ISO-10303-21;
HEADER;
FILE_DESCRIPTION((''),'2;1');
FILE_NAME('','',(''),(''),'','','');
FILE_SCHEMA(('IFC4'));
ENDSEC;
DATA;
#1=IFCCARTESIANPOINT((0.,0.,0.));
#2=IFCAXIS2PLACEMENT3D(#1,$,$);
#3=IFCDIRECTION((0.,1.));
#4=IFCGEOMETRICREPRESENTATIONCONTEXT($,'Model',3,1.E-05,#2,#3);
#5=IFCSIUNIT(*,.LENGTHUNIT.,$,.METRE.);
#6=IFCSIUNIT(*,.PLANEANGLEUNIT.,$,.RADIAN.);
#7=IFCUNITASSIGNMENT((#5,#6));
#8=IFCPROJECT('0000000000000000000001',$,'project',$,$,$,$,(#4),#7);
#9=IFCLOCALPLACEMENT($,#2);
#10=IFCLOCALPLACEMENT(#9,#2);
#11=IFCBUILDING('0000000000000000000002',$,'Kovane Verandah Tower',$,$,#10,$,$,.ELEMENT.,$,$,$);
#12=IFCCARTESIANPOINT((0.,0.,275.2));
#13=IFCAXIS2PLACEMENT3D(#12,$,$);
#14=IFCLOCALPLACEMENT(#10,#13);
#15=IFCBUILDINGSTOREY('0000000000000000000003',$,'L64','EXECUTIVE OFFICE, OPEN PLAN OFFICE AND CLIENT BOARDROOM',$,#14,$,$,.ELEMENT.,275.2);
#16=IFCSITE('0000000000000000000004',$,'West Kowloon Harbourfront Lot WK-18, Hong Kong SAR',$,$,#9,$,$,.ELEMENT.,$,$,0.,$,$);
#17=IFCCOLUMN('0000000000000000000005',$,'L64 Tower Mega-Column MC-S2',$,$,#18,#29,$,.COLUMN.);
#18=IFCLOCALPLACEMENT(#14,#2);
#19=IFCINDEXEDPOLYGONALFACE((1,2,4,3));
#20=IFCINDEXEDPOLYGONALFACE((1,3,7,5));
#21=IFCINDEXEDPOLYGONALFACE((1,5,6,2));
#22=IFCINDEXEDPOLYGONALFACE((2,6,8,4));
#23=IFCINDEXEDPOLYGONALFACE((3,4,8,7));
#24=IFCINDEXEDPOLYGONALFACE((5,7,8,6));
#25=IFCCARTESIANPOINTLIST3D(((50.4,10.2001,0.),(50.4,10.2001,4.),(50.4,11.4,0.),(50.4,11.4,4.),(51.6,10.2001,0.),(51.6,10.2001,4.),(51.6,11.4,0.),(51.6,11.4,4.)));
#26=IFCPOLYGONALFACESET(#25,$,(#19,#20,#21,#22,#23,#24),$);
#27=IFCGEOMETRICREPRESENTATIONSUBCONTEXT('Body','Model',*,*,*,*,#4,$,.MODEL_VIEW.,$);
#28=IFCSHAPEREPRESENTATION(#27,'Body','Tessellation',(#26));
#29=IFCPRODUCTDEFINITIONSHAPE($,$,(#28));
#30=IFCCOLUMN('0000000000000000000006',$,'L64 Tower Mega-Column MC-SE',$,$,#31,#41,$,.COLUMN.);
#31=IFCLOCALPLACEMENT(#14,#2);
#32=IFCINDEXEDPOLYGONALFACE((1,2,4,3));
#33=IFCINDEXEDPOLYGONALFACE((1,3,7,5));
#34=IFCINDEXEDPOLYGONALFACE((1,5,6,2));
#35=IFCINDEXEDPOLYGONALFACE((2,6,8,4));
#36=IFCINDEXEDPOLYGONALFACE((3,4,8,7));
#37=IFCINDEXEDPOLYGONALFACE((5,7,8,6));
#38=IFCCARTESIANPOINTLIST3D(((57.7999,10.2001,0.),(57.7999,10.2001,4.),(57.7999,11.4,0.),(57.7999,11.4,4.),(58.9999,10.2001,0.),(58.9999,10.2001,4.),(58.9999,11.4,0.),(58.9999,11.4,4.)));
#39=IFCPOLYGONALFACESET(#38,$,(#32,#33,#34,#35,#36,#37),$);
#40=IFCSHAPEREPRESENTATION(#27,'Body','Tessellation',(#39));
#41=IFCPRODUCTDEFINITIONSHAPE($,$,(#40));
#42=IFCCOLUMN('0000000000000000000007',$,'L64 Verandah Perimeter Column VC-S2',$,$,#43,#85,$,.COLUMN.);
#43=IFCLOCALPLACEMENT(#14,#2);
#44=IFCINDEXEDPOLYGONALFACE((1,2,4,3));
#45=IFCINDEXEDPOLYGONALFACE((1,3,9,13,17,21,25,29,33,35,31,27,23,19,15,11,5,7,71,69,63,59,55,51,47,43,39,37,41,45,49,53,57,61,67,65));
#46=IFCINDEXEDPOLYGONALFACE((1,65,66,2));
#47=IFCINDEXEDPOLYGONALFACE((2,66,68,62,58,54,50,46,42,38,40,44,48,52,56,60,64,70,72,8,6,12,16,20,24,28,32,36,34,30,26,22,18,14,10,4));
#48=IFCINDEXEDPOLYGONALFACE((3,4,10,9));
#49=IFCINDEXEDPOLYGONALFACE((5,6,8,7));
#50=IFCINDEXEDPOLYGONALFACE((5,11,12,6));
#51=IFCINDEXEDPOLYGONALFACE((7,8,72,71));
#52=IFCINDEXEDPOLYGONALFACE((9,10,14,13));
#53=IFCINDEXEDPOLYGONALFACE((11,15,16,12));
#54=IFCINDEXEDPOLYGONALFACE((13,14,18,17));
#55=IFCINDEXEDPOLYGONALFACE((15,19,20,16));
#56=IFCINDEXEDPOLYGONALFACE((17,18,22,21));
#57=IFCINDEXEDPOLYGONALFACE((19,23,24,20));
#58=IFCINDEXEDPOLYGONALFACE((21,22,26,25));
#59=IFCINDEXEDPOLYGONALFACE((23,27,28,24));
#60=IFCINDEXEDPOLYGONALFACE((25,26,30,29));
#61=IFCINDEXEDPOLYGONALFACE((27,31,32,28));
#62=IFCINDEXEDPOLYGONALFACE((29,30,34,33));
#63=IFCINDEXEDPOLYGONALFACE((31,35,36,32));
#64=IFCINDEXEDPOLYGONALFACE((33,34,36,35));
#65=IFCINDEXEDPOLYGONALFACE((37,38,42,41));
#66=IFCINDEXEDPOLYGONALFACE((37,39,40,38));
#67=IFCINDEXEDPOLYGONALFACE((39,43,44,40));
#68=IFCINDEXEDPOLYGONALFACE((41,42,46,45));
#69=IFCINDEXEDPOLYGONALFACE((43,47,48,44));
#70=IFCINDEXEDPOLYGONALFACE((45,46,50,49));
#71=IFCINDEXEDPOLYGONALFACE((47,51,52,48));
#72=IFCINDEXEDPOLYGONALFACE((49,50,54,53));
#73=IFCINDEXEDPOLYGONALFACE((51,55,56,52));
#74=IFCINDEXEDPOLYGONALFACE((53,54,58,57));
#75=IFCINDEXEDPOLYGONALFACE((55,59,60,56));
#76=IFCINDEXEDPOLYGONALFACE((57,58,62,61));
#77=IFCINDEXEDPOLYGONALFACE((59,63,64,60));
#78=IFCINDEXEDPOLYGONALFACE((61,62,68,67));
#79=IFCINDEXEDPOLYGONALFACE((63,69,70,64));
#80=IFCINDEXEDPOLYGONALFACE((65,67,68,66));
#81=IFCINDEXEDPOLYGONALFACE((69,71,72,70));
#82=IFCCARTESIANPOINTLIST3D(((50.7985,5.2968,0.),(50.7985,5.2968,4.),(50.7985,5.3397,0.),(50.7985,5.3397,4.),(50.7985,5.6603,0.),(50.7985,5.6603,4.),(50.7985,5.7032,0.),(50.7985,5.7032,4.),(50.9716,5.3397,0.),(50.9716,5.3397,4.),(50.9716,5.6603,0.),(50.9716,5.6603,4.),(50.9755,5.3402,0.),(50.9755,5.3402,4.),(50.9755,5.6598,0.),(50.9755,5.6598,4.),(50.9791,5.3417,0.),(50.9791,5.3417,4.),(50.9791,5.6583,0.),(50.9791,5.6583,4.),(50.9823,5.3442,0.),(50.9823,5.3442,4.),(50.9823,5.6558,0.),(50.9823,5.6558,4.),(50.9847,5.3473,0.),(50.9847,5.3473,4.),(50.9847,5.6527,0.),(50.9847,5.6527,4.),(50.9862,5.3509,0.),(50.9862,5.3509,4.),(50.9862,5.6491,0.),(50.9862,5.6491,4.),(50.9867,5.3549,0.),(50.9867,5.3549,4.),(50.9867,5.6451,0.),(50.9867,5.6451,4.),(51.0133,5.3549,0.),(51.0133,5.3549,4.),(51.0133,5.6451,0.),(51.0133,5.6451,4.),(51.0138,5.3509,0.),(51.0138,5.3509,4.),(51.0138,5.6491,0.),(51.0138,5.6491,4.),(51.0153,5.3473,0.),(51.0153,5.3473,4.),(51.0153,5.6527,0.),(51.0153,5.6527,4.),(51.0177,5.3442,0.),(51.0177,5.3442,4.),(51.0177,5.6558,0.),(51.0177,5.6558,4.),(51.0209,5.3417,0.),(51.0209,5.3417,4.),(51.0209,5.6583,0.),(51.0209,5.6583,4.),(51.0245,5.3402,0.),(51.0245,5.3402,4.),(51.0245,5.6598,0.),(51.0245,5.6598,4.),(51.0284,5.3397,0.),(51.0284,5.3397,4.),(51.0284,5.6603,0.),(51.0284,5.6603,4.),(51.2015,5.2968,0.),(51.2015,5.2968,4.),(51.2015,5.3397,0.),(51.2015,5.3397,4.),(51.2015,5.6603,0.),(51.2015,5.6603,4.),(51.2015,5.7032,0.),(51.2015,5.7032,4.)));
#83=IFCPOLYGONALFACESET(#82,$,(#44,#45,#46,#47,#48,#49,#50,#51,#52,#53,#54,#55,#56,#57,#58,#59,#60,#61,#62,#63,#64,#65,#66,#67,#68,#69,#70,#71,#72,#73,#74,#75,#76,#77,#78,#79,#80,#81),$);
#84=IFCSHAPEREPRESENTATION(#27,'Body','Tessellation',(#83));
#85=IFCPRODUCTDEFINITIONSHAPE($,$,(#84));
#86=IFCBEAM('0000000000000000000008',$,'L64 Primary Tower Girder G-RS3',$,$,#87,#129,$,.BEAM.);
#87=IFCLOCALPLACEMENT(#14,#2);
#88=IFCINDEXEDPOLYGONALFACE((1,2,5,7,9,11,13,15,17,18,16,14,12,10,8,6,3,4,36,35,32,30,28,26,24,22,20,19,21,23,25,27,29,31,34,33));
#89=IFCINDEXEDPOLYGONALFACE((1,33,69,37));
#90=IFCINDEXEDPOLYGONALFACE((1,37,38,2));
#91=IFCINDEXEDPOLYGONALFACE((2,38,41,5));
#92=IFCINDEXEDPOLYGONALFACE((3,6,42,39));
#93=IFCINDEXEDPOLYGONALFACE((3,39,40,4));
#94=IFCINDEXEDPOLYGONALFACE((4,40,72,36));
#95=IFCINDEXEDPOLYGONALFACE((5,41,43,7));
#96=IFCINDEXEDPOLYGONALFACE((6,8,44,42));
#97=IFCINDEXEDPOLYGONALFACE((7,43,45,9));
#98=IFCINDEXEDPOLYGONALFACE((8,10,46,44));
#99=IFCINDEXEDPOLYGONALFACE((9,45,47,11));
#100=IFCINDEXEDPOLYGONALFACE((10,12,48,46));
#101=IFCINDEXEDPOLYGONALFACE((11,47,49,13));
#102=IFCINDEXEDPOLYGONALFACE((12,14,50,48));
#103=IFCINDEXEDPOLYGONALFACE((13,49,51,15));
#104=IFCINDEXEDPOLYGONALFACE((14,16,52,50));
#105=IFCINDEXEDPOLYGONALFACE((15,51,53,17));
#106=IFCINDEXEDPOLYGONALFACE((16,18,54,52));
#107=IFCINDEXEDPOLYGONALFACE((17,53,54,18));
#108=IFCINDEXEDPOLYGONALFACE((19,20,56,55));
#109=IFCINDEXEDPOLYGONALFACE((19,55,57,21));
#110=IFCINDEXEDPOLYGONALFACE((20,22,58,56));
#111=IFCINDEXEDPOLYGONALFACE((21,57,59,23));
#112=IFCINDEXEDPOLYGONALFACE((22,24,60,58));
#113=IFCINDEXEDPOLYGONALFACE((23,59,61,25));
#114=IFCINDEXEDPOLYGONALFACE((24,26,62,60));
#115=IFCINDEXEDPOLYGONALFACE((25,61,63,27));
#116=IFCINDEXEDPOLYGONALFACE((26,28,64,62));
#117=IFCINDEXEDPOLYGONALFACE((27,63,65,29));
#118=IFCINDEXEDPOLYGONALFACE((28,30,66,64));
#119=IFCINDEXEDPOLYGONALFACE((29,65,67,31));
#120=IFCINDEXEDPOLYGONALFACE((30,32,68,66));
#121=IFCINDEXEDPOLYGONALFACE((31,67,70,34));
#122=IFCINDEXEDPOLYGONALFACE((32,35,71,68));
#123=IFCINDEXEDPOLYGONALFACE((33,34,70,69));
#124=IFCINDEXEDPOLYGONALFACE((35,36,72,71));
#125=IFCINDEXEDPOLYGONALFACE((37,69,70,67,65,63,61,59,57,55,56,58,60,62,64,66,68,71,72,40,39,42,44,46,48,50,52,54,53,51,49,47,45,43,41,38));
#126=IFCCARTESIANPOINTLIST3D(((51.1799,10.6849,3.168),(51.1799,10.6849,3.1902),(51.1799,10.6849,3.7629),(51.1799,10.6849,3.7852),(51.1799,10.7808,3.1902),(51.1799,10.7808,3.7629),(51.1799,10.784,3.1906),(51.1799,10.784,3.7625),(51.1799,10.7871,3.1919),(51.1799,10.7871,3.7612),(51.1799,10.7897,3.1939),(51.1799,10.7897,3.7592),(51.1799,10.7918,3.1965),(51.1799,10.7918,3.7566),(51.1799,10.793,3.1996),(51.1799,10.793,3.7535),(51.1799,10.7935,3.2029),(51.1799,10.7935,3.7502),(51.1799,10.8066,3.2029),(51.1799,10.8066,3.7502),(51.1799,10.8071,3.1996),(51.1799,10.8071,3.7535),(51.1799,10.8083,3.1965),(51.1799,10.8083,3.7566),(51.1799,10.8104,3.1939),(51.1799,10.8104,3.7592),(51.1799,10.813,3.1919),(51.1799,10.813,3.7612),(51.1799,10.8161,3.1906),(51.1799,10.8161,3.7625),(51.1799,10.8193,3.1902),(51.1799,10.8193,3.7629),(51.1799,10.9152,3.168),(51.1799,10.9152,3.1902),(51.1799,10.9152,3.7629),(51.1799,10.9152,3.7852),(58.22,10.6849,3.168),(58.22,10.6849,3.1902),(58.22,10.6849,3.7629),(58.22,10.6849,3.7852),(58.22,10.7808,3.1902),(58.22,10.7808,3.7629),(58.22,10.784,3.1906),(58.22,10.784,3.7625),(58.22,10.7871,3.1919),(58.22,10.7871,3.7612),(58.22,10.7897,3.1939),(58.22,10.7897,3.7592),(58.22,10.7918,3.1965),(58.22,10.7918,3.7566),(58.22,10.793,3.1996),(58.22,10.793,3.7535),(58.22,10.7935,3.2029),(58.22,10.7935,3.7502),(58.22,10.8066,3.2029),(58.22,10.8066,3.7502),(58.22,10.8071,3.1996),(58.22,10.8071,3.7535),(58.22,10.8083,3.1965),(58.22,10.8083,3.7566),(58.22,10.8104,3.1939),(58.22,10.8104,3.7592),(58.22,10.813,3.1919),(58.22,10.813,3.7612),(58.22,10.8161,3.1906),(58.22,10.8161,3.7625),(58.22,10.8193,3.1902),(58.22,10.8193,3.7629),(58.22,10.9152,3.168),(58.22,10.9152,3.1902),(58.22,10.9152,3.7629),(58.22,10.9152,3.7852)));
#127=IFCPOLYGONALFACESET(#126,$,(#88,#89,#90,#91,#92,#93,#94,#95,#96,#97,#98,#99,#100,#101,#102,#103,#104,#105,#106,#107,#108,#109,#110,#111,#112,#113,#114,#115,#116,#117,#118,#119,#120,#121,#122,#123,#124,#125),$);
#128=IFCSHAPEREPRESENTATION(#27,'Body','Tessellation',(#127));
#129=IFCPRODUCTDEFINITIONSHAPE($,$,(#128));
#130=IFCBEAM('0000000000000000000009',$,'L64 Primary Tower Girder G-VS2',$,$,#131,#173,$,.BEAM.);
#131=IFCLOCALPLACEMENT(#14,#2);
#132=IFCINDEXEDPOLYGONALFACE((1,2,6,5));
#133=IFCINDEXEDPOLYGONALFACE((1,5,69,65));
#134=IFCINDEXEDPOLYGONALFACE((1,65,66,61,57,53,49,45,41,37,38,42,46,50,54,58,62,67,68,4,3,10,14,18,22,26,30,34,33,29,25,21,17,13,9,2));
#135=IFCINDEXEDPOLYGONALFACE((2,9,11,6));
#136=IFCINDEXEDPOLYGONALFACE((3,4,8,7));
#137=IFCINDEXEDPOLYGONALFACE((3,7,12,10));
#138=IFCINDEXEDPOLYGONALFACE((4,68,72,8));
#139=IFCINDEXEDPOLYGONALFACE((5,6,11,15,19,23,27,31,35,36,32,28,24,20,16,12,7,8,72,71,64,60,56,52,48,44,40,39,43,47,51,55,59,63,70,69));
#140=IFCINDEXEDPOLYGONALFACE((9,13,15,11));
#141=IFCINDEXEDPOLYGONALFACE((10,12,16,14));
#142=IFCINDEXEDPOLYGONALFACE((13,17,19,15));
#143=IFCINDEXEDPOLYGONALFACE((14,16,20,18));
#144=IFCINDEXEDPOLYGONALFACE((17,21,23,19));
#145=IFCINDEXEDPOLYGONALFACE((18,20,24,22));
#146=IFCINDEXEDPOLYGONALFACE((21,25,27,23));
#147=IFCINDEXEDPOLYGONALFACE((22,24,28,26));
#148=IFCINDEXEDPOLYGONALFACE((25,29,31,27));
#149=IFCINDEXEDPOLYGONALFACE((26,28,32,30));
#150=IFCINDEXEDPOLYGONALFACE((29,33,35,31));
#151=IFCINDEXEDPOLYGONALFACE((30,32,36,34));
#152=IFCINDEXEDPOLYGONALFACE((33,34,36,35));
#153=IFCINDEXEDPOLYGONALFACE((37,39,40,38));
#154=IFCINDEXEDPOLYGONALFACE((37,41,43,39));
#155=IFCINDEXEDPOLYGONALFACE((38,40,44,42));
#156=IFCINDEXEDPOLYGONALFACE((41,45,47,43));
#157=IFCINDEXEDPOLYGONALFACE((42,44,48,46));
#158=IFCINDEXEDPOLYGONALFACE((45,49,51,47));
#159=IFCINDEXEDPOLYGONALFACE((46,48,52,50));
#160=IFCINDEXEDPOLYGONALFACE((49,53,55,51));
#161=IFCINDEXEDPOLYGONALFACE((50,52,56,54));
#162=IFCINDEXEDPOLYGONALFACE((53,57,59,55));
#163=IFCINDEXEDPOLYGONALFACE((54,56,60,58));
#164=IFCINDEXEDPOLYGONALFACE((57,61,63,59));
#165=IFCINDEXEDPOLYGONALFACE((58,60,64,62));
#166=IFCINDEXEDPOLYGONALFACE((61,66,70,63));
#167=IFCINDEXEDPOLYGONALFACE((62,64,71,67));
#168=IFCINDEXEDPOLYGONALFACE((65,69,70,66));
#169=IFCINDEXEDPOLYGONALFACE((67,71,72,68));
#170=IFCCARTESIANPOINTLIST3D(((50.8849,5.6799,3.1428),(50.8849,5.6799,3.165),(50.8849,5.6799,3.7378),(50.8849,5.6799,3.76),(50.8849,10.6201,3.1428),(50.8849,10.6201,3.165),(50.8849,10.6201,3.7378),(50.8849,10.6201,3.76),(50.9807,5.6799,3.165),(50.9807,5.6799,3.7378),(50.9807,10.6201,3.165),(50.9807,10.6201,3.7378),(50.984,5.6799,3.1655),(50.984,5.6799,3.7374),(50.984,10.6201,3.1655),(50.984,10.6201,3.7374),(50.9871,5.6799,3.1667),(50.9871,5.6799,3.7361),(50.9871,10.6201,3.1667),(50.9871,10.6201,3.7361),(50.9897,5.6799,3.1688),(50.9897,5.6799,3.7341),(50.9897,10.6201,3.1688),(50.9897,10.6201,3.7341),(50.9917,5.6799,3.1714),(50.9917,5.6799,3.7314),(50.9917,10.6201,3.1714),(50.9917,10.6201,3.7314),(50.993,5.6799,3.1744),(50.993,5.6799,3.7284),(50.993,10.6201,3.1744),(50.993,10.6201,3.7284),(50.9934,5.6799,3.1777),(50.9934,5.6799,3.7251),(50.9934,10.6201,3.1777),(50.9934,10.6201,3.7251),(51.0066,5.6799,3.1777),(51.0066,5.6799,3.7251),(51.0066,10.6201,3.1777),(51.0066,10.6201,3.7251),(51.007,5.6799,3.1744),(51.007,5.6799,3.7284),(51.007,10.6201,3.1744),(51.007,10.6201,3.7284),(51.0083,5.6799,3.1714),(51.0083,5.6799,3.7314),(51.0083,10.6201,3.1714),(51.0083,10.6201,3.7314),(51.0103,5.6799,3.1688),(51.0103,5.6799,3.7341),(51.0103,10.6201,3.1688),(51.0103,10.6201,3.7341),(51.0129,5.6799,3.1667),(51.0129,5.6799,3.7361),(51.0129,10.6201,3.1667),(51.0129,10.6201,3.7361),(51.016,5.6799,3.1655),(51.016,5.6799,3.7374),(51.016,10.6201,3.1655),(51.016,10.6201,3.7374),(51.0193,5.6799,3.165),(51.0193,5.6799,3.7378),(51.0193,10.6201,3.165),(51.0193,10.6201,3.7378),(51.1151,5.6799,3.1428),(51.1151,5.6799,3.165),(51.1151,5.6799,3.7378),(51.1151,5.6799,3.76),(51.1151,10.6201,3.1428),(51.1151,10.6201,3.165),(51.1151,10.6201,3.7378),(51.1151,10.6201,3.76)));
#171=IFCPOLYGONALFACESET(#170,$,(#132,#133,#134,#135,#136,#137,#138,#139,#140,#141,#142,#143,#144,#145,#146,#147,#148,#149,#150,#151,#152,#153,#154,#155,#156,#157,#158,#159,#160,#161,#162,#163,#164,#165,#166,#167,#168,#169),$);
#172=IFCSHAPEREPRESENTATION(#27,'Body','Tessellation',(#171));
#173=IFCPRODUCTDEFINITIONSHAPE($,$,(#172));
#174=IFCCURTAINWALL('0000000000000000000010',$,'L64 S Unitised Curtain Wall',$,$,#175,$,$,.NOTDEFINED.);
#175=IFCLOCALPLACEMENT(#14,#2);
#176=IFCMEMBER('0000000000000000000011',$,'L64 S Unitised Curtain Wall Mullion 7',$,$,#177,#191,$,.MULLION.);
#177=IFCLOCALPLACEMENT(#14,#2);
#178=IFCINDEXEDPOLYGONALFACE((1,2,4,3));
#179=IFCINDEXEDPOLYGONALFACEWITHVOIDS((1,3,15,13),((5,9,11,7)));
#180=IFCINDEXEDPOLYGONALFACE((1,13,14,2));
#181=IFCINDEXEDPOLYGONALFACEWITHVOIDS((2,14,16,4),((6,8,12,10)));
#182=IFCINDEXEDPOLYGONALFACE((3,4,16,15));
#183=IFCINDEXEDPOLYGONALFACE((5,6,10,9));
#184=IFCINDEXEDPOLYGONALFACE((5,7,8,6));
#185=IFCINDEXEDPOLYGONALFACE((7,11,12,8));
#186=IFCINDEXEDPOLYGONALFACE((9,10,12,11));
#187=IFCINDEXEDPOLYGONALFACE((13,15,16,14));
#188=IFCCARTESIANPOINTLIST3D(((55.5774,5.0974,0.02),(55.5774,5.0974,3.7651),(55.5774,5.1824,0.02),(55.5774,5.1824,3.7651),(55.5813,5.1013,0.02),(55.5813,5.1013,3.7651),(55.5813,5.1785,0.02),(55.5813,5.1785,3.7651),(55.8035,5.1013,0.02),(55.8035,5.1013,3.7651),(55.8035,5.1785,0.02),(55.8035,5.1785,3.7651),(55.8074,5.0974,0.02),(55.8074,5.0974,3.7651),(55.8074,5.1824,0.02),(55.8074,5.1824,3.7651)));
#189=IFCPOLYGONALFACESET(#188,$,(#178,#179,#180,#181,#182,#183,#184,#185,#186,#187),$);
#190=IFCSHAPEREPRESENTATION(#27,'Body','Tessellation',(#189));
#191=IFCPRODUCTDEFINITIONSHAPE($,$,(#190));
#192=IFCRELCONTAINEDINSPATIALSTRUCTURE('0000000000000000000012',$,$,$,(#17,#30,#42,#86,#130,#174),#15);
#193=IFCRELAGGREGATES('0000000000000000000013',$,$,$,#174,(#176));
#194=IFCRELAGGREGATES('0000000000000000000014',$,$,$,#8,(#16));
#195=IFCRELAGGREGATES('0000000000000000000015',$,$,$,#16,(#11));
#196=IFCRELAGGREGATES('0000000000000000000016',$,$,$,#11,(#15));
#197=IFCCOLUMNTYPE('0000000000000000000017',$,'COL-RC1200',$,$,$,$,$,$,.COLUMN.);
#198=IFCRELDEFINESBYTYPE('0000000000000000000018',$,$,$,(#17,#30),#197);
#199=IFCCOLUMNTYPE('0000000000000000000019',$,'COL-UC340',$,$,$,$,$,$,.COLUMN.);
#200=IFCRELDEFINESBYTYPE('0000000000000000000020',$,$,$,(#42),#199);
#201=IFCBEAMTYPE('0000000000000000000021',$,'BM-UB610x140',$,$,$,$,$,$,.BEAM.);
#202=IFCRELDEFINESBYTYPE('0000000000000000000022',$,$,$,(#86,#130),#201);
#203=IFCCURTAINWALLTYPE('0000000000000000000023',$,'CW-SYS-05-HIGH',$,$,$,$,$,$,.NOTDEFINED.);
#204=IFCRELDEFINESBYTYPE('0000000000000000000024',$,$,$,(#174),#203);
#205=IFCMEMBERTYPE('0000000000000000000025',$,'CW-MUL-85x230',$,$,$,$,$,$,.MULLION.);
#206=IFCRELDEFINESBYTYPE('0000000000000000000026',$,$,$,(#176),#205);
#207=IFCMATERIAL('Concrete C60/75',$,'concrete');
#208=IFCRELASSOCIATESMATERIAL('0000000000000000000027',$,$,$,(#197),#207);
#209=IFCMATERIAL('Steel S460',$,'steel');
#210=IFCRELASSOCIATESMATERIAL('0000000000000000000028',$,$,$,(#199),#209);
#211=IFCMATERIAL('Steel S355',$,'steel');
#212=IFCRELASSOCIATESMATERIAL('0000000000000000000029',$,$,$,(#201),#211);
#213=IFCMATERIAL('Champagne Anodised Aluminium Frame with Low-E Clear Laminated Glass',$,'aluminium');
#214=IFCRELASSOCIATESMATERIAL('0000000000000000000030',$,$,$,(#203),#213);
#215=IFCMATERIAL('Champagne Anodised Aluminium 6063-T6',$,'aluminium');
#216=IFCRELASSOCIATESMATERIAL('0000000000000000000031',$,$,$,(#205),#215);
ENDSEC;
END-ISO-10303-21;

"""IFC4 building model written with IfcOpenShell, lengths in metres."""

from ifc_helpers import new_model, si_unit, direction, frame, origin, origin_2d, place, context, subcontext, project, spatial, rectangle, hollow_rectangle, i_section, extrude, material, material_profile, profile_set, type_object, element, aggregate, save


model = new_model("IFC4")

# Units and contexts
model_context = context("Model", 3, precision=1e-05, world=origin(), true_north=direction((0.0, 1.0)))
body_context = subcontext(model_context, "Body", "Model", "MODEL_VIEW")
ifc_project = project(units=[si_unit("LENGTHUNIT", "METRE"), si_unit("PLANEANGLEUNIT", "RADIAN")], contexts=[model_context])

# Site, building, storey
site_placement = place(None, origin())
site = spatial("IfcSite", under=ifc_project, at=site_placement, Name="West Kowloon Harbourfront Lot WK-18, Hong Kong SAR", CompositionType="ELEMENT", RefElevation=0.0)
building_placement = place(site_placement, origin())
building = spatial("IfcBuilding", under=site, at=building_placement, Name="Kovane Verandah Tower", CompositionType="ELEMENT")
storey_placement = place(building_placement, frame((0.0, 0.0, 275.2)))
storey = spatial("IfcBuildingStorey", under=building, at=storey_placement, Name="L64", Description="EXECUTIVE OFFICE, OPEN PLAN OFFICE AND CLIENT BOARDROOM", CompositionType="ELEMENT", Elevation=275.2)

# Columns
ifc_material_1 = material(Name="Concrete C60/75", Category="concrete")
ifc_material_profile_1 = material_profile(ifc_material_1, rectangle(XDim=1.2, YDim=1.2, at=origin_2d()), Name="RC1200x1200")
ifc_profile_set_1 = profile_set([ifc_material_profile_1], Name="Concrete C60/75")
column_type_1 = type_object("IfcColumnType", Name="COL-RC1200", PredefinedType="COLUMN", material=ifc_profile_set_1)
for number, where, z_axis, x_axis, name in (
    (1, (51.0, 10.8, 0.0), (0.0, 0.0, 1.0), (1.0, 0.0, 0.0), "L64 Tower Mega-Column MC-S2"),
    (2, (58.3999, 10.8, 0.0), (0.0, 0.0, 1.0), (1.0, 0.0, 0.0), "L64 Tower Mega-Column MC-SE"),
):
    element("IfcColumn", number, at=place(storey_placement, frame(where, z_axis=z_axis, x_axis=x_axis)), inside=storey, type_object=column_type_1, Name=name, PredefinedType="COLUMN", context=body_context, shape_type="SweptSolid", body=[
        extrude(rectangle(XDim=1.2, YDim=1.2, at=origin_2d()), origin(), (0.0, 0.0, 1.0), 4.0),
    ])
ifc_material_2 = material(Name="Steel S460", Category="steel")
ifc_material_profile_2 = material_profile(ifc_material_2, i_section(OverallWidth=0.4031, OverallDepth=0.4065, WebThickness=0.0266, FlangeThickness=0.043, FilletRadius=0.0151, at=origin_2d()), Name="UC356x406x340")
ifc_profile_set_2 = profile_set([ifc_material_profile_2], Name="Steel S460")
column_type_2 = type_object("IfcColumnType", Name="COL-UC340", PredefinedType="COLUMN", material=ifc_profile_set_2)
column_placement = place(storey_placement, frame((51.0, 5.5, 0.0), z_axis=(0.0, 0.0, 1.0), x_axis=(1.0, 0.0, 0.0)))
element("IfcColumn", 3, at=column_placement, inside=storey, type_object=column_type_2, Name="L64 Verandah Perimeter Column VC-S2", PredefinedType="COLUMN", context=body_context, shape_type="SweptSolid", body=[
    extrude(i_section(OverallWidth=0.4031, OverallDepth=0.4065, WebThickness=0.0266, FlangeThickness=0.043, FilletRadius=0.0151, at=origin_2d()), origin(), (0.0, 0.0, 1.0), 4.0),
])

# Beams
ifc_material_3 = material(Name="Steel S355", Category="steel")
ifc_material_profile_3 = material_profile(ifc_material_3, i_section(OverallWidth=0.2302, OverallDepth=0.6172, WebThickness=0.0132, FlangeThickness=0.0222, FilletRadius=0.0127, at=origin_2d()), Name="UB610x229x140")
ifc_profile_set_3 = profile_set([ifc_material_profile_3], Name="Steel S355")
beam_type_1 = type_object("IfcBeamType", Name="BM-UB610x140", PredefinedType="BEAM", material=ifc_profile_set_3)
beam_1_placement = place(storey_placement, frame((51.1799, 10.8, 3.4766), z_axis=(1.0, 0.0, 0.0), x_axis=(0.0, 1.0, 0.0)))
element("IfcBeam", 4, at=beam_1_placement, inside=storey, type_object=beam_type_1, Name="L64 Primary Tower Girder G-RS3", PredefinedType="BEAM", context=body_context, shape_type="SweptSolid", body=[
    extrude(i_section(OverallWidth=0.2302, OverallDepth=0.6172, WebThickness=0.0132, FlangeThickness=0.0222, FilletRadius=0.0127, at=origin_2d()), origin(), (0.0, 0.0, 1.0), 7.04),
])
beam_2_placement = place(storey_placement, frame((51.0, 10.6201, 3.4514), z_axis=(0.0, -1.0, 0.0), x_axis=(1.0, 0.0, 0.0)))
element("IfcBeam", 5, at=beam_2_placement, inside=storey, type_object=beam_type_1, Name="L64 Primary Tower Girder G-VS2", PredefinedType="BEAM", context=body_context, shape_type="SweptSolid", body=[
    extrude(i_section(OverallWidth=0.2302, OverallDepth=0.6172, WebThickness=0.0132, FlangeThickness=0.0222, FilletRadius=0.0127, at=origin_2d()), origin(), (0.0, 0.0, 1.0), 4.9402),
])

# Curtain wall, member
ifc_material_4 = material(Name="Champagne Anodised Aluminium Frame with Low-E Clear Laminated Glass", Category="aluminium")
curtain_wall_type = type_object("IfcCurtainWallType", Name="CW-SYS-05-HIGH", PredefinedType="NOTDEFINED", material=ifc_material_4)
curtain_wall_placement = place(storey_placement, origin())
curtain_wall = element("IfcCurtainWall", 6, at=curtain_wall_placement, inside=storey, type_object=curtain_wall_type, Name="L64 S Unitised Curtain Wall", PredefinedType="NOTDEFINED")
ifc_material_5 = material(Name="Champagne Anodised Aluminium 6063-T6", Category="aluminium")
ifc_material_profile_4 = material_profile(ifc_material_5, hollow_rectangle(XDim=0.085, YDim=0.23, WallThickness=0.0039, at=origin_2d()), Name="AL85x230x4")
ifc_profile_set_4 = profile_set([ifc_material_profile_4], Name="Champagne Anodised Aluminium 6063-T6")
member_type_1 = type_object("IfcMemberType", Name="CW-MUL-85x230", PredefinedType="MULLION", material=ifc_profile_set_4)
member_1_placement = place(storey_placement, frame((55.6924, 5.1399, 0.02), z_axis=(0.0, 0.0, 1.0), x_axis=(0.0, -1.0, 0.0)))
member_1 = element("IfcMember", 7, at=member_1_placement, type_object=member_type_1, Name="L64 S Unitised Curtain Wall Mullion 7", PredefinedType="MULLION", context=body_context, shape_type="SweptSolid", body=[
    extrude(hollow_rectangle(XDim=0.085, YDim=0.23, WallThickness=0.0039, at=origin_2d()), origin(), (0.0, 0.0, 1.0), 3.7451),
])

aggregate(curtain_wall, [member_1])

save(model, "model.ifc")
